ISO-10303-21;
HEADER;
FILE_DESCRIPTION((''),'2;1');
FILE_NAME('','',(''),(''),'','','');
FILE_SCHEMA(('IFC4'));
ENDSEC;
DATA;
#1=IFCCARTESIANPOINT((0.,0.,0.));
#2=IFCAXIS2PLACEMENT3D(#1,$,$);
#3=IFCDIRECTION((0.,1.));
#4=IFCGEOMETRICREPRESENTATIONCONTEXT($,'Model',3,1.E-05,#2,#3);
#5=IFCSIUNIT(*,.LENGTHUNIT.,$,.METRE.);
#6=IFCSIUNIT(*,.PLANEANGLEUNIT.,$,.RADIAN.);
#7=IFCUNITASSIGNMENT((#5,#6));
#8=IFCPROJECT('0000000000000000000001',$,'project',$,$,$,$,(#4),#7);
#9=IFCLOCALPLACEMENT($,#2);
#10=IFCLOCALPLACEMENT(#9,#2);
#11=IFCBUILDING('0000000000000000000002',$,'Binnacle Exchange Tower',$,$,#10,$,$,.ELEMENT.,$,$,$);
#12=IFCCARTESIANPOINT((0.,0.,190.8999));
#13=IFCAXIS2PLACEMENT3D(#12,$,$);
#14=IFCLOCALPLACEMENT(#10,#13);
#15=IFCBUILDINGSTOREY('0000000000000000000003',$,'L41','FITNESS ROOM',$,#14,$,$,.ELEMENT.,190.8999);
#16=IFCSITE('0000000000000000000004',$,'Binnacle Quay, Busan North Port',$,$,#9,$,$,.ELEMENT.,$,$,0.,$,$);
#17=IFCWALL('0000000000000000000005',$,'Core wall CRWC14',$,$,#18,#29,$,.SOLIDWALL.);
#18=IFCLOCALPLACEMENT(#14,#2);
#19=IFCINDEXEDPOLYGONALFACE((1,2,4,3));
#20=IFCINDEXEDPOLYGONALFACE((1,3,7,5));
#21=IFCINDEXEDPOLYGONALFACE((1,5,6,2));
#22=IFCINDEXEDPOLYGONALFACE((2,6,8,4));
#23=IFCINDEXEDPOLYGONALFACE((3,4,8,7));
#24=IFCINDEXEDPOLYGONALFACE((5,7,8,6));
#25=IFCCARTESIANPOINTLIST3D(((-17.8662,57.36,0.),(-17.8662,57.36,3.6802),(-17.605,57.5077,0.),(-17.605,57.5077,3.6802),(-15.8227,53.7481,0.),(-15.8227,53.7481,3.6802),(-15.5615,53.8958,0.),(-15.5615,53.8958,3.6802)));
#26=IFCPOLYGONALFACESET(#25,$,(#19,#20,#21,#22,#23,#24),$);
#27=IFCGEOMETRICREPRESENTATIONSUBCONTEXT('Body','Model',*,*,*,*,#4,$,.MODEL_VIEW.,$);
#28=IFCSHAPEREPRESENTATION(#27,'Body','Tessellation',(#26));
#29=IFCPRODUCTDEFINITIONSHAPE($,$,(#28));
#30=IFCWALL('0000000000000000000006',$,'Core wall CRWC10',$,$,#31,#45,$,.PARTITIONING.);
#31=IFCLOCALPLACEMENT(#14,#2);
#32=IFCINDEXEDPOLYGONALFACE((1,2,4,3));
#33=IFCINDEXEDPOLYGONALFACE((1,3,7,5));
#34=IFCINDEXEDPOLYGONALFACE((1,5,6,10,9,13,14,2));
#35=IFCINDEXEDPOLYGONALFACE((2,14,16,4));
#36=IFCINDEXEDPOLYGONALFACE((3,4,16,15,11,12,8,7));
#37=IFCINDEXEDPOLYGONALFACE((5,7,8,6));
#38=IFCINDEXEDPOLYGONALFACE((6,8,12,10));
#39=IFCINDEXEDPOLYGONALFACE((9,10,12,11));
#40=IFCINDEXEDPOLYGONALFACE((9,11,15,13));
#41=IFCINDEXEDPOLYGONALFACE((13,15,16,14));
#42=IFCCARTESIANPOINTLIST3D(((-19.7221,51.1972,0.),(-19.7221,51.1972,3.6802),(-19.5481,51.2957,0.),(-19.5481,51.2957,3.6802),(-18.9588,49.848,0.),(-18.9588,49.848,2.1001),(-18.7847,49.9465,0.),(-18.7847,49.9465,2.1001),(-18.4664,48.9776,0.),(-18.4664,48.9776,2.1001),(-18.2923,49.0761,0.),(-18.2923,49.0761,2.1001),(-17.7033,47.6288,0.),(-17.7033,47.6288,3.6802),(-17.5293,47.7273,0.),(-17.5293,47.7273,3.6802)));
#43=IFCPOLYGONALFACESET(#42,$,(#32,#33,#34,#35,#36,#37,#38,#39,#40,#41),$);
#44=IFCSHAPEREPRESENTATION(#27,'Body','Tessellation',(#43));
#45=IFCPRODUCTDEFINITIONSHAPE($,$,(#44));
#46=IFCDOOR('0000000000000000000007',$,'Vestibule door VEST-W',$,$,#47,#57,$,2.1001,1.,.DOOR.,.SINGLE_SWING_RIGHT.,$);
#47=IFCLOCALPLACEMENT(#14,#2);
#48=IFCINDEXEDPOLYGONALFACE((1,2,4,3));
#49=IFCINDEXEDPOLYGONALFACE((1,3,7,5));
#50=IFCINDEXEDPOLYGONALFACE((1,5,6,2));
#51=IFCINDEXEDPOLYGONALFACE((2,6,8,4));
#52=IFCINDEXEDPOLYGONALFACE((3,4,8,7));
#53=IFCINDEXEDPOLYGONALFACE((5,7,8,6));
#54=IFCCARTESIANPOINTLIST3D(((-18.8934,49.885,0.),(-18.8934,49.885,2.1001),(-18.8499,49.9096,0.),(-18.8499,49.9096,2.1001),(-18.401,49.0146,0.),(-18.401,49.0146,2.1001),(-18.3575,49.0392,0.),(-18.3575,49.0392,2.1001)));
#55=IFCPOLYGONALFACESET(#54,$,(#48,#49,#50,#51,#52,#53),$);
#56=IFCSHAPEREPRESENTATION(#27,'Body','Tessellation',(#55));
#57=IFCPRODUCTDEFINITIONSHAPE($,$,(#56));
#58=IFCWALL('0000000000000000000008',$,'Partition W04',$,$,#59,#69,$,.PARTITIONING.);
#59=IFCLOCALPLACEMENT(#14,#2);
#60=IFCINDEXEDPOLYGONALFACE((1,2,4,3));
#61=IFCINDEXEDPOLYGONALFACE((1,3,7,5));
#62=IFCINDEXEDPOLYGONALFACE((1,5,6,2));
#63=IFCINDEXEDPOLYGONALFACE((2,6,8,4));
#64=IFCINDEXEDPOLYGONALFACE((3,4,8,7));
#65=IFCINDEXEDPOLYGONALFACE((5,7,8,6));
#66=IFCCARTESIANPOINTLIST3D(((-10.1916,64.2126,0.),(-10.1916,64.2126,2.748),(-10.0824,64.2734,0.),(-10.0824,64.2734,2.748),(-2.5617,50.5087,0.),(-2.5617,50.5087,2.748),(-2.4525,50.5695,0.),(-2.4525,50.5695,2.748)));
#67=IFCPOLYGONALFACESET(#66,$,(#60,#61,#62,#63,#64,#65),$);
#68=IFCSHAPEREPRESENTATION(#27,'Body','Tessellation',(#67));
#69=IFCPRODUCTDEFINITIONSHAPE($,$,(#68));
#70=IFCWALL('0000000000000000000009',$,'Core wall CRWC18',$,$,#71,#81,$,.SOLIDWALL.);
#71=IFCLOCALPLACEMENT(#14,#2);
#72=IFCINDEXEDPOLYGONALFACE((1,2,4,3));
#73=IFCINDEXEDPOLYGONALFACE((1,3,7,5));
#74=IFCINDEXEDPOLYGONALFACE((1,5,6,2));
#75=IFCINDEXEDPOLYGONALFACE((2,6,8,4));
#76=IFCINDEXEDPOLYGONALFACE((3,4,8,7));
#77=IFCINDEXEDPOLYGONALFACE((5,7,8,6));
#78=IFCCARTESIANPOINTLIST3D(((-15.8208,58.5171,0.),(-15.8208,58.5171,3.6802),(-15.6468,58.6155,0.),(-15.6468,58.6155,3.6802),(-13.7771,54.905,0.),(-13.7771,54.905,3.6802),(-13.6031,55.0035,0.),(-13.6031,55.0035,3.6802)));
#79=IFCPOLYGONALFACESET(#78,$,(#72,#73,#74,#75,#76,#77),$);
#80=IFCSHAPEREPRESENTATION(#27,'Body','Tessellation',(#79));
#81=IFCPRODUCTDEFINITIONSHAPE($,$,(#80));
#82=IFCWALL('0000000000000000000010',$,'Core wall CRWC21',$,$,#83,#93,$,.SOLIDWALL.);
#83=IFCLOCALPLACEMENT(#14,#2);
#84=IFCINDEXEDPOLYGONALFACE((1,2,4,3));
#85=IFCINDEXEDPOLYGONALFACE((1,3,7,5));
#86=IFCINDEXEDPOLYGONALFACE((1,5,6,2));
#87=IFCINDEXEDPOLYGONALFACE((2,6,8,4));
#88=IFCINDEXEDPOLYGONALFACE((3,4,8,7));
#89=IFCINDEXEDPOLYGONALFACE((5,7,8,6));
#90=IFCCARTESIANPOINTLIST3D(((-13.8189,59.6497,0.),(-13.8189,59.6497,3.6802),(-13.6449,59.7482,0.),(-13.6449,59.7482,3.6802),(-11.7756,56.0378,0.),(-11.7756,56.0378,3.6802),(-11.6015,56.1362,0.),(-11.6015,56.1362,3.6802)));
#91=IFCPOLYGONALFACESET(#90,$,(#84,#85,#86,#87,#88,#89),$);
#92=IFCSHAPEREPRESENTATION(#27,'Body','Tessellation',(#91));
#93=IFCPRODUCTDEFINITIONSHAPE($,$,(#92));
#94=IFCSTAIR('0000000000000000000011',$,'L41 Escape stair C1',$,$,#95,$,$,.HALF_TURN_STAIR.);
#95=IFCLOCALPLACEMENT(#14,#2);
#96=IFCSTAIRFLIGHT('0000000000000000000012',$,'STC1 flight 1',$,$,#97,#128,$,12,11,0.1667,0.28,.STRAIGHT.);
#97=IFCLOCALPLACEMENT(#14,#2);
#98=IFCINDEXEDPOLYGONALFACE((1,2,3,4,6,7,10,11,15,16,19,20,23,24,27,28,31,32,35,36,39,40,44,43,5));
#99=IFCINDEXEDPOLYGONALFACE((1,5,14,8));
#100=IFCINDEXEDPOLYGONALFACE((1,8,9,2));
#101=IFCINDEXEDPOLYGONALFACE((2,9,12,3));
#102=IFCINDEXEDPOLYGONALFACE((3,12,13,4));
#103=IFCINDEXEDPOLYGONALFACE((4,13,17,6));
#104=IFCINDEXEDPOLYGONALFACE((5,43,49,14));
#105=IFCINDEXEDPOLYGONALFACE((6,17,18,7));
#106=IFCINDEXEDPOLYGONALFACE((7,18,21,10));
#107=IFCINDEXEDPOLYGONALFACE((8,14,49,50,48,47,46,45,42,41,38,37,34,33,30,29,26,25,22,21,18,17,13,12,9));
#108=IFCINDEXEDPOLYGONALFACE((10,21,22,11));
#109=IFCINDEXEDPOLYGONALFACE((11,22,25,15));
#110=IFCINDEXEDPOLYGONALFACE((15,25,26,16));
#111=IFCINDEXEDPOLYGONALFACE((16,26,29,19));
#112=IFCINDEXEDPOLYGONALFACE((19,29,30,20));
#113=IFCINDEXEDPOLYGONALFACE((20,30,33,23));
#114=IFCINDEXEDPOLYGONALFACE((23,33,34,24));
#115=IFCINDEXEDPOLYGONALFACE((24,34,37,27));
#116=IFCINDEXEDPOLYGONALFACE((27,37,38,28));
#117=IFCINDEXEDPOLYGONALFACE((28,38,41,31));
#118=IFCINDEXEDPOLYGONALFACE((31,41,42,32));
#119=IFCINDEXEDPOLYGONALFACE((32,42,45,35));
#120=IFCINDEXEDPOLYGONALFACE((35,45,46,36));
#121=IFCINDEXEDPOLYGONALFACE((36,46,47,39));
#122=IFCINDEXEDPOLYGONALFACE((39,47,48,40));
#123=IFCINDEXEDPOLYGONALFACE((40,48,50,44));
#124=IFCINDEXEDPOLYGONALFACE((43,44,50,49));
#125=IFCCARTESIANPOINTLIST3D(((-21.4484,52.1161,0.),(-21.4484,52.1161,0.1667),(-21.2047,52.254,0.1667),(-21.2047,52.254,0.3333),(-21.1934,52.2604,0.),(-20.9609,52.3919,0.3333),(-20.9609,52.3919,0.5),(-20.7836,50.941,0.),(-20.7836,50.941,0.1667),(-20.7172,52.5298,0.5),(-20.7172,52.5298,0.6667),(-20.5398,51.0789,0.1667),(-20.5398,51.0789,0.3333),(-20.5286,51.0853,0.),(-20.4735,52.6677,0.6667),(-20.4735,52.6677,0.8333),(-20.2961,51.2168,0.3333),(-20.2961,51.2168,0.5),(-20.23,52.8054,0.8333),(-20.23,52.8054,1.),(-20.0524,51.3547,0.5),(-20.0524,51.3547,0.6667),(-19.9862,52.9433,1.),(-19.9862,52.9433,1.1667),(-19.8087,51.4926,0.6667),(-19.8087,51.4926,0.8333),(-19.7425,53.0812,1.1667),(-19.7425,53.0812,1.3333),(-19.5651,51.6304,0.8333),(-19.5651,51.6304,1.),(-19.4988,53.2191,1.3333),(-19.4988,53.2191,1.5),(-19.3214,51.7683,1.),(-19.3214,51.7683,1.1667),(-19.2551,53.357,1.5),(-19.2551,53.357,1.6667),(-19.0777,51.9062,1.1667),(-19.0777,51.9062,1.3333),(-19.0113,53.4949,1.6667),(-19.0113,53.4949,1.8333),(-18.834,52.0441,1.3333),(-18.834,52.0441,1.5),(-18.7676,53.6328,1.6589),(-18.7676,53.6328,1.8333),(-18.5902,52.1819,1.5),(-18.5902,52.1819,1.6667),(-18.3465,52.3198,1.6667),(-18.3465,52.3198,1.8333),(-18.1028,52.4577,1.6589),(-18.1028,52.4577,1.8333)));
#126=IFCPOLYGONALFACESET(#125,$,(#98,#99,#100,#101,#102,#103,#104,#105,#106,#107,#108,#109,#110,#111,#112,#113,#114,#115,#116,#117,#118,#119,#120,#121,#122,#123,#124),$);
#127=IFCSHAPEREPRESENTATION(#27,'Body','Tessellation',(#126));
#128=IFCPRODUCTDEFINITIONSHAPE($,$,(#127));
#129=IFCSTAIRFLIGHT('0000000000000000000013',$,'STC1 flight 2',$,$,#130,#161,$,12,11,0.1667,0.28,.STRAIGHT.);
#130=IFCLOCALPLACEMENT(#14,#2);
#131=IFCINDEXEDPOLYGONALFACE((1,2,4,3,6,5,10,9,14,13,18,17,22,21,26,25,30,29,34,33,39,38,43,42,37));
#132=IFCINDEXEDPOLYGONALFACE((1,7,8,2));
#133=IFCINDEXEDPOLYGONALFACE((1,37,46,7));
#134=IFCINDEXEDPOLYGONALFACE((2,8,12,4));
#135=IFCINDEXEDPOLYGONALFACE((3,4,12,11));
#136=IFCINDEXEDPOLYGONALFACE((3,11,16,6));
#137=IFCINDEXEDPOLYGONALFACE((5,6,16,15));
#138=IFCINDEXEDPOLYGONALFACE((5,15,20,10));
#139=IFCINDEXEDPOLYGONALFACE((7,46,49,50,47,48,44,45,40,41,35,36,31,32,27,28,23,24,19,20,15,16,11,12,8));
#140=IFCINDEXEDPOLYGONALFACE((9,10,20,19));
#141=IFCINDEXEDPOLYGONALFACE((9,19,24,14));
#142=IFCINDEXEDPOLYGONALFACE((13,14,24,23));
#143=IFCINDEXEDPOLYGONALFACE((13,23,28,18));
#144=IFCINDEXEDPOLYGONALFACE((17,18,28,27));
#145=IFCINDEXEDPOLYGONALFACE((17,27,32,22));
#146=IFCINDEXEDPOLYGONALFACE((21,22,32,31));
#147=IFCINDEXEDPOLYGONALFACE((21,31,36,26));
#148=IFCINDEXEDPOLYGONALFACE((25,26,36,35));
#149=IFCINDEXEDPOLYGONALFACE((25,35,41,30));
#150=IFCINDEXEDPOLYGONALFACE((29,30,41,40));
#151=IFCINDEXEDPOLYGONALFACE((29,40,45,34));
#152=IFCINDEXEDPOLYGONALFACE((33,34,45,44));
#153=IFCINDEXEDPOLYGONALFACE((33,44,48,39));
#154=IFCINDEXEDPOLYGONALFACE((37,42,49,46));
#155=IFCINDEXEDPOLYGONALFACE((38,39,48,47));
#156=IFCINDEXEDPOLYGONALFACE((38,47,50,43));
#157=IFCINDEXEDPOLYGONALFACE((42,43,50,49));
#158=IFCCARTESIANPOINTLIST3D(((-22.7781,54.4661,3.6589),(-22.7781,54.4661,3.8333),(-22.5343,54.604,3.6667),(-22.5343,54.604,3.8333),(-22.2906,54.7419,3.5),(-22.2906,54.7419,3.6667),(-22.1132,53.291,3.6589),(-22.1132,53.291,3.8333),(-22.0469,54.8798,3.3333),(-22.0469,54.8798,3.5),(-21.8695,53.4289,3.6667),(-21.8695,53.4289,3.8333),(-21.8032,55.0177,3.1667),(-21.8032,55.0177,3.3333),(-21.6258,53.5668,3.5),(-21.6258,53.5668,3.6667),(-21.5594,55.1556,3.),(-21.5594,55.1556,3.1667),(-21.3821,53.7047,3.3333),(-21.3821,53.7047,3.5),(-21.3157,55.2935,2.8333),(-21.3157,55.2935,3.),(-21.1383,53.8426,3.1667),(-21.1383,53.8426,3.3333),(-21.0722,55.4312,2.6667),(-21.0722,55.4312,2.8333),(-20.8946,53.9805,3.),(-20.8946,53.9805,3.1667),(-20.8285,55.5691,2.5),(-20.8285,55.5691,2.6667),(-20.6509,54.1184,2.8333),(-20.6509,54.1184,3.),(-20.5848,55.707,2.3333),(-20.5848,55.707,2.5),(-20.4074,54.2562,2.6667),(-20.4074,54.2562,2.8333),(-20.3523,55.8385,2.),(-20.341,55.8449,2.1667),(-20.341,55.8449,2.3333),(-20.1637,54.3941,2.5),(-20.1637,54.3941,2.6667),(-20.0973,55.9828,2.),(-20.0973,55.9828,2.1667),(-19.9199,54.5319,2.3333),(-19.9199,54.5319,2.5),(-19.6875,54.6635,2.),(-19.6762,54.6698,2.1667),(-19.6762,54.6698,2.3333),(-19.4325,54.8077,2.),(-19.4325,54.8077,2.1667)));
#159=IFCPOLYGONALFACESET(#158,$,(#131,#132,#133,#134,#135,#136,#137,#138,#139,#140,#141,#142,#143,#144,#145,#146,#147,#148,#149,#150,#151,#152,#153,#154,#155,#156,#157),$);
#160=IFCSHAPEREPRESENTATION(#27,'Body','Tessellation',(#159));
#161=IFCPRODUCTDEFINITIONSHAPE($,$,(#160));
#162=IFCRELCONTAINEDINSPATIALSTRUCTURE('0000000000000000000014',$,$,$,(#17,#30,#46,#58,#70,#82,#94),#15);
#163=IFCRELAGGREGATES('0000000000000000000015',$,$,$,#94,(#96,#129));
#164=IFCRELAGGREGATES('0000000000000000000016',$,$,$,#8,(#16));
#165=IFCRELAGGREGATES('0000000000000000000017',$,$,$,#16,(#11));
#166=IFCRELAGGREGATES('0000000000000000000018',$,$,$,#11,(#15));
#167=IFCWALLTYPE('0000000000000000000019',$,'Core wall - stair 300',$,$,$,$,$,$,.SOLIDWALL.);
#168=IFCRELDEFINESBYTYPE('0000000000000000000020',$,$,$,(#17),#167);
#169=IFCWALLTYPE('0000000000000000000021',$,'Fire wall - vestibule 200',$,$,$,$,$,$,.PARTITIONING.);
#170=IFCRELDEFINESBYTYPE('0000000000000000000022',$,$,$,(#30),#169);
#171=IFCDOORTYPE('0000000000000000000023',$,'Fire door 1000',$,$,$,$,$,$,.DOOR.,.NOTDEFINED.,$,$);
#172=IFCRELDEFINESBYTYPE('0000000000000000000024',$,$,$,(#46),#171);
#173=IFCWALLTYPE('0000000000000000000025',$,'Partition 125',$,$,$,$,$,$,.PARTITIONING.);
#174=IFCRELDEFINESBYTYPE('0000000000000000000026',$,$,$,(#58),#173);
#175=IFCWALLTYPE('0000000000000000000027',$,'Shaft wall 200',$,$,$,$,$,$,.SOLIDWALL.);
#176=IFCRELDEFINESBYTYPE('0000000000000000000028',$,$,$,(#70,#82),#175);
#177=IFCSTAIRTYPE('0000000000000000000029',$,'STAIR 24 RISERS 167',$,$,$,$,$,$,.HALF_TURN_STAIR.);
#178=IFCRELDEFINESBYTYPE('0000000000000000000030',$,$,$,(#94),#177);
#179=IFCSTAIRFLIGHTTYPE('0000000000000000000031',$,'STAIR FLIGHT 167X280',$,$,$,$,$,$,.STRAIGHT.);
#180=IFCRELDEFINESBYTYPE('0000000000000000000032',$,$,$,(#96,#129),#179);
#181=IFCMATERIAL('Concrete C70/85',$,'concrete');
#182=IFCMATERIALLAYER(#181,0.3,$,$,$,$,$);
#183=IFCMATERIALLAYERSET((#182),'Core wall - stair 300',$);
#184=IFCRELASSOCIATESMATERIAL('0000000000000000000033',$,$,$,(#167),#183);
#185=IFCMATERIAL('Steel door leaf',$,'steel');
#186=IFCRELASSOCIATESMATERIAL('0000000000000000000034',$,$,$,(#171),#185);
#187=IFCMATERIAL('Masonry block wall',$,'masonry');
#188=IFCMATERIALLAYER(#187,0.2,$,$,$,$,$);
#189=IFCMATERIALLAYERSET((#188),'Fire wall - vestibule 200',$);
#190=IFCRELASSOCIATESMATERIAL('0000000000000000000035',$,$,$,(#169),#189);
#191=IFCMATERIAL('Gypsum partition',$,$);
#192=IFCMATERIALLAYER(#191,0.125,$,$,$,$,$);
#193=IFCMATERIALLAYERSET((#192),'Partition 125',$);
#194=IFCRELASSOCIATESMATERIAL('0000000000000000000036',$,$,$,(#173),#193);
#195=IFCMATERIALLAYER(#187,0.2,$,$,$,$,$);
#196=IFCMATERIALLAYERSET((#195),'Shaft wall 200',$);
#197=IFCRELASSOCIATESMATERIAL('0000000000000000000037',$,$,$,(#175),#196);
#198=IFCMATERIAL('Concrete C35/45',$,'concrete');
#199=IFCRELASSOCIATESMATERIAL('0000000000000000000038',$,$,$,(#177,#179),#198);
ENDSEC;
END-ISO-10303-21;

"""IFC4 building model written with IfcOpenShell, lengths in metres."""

from ifc_helpers import new_model, si_unit, direction, frame, frame_2d, origin, place, context, subcontext, project, spatial, polyline, rectangle, outline, extrude, material, layer, layer_set, type_object, element, fill, aggregate, save


model = new_model("IFC4")

# Units and contexts
model_context = context("Model", 3, precision=1e-05, world=origin(), true_north=direction((0.0, 1.0)))
body_context = subcontext(model_context, "Body", "Model", "MODEL_VIEW")
ifc_project = project(units=[si_unit("LENGTHUNIT", "METRE"), si_unit("PLANEANGLEUNIT", "RADIAN")], contexts=[model_context])

# Site, building, storey
site_placement = place(None, origin())
site = spatial("IfcSite", under=ifc_project, at=site_placement, Name="Binnacle Quay, Busan North Port", CompositionType="ELEMENT", RefElevation=0.0)
building_placement = place(site_placement, origin())
building = spatial("IfcBuilding", under=site, at=building_placement, Name="Binnacle Exchange Tower", CompositionType="ELEMENT")
storey_placement = place(building_placement, frame((0.0, 0.0, 190.8999)))
storey = spatial("IfcBuildingStorey", under=building, at=storey_placement, Name="L41", Description="FITNESS ROOM", CompositionType="ELEMENT", Elevation=190.8999)

# Shared definitions
ifc_material_1 = material(Name="Concrete C70/85", Category="concrete")

# Shared definitions
ifc_material_2 = material(Name="Steel door leaf", Category="steel")

# Shared definitions
ifc_layer_1 = layer(ifc_material_1, 0.3)
ifc_layer_set_1 = layer_set([ifc_layer_1], Name="Core wall - stair 300")
wall_type_1 = type_object("IfcWallType", Name="Core wall - stair 300", PredefinedType="SOLIDWALL", material=ifc_layer_set_1)
door_type_1 = type_object("IfcDoorType", Name="Fire door 1000", OperationType="NOTDEFINED", PredefinedType="DOOR", material=ifc_material_2)

# Wall
wall_1_placement = place(storey_placement, frame((-17.7356, 57.4338, 0.0), z_axis=(0.0, 0.0, 1.0), x_axis=(0.492422, -0.870357, 0.0)))
element("IfcWall", 1, at=wall_1_placement, inside=storey, type_object=wall_type_1, Name="Core wall CRWC14", PredefinedType="SOLIDWALL", context=body_context, shape_type="SweptSolid", body=[
    extrude(rectangle(XDim=4.1499, YDim=0.3, at=frame_2d((2.075, 0.0))), origin(), (0.0, 0.0, 1.0), 3.6802),
])

# Wall, opening, door
ifc_material_3 = material(Name="Masonry block wall", Category="masonry")
ifc_layer_2 = layer(ifc_material_3, 0.2)
ifc_layer_set_2 = layer_set([ifc_layer_2], Name="Fire wall - vestibule 200")
wall_type_2 = type_object("IfcWallType", Name="Fire wall - vestibule 200", PredefinedType="PARTITIONING", material=ifc_layer_set_2)
wall_2_placement = place(storey_placement, frame((-19.635, 51.2463, 0.0), z_axis=(0.0, 0.0, 1.0), x_axis=(0.492408, -0.870364, 0.0)))
wall_2 = element("IfcWall", 2, at=wall_2_placement, inside=storey, type_object=wall_type_2, Name="Core wall CRWC10", PredefinedType="PARTITIONING", context=body_context, shape_type="SweptSolid", body=[
    extrude(rectangle(XDim=4.0999, YDim=0.2, at=frame_2d((2.0498, 0.0))), origin(), (0.0, 0.0, 1.0), 3.6802),
])
opening_1_placement = place(wall_2_placement, frame((1.55, 0.0, 0.0)))
opening_1 = element("IfcOpeningElement", 3, at=opening_1_placement, cuts=wall_2, PredefinedType="OPENING", context=body_context, shape_type="SweptSolid", body=[
    extrude(rectangle(XDim=1.0, YDim=2.1001, at=frame_2d((0.5, 1.05))), frame((0.0, 0.1099, 0.0), z_axis=(0.0, -1.0, 0.0), x_axis=(1.0, 0.0, 0.0)), (0.0, 0.0, 1.0), 0.22),
])
door_1_placement = place(opening_1_placement, frame((1.0, 0.0, 0.0), z_axis=(0.0, 0.0, 1.0), x_axis=(-1.0, 0.0, 0.0)))
door_1 = element("IfcDoor", 4, at=door_1_placement, inside=storey, type_object=door_type_1, Name="Vestibule door VEST-W", OperationType="SINGLE_SWING_RIGHT", OverallHeight=2.1001, OverallWidth=1.0, PredefinedType="DOOR", context=body_context, shape_type="SweptSolid", body=[
    extrude(rectangle(XDim=1.0, YDim=2.1001, at=frame_2d((0.5, 1.05))), frame((0.0, 0.0249, 0.0), z_axis=(0.0, -1.0, 0.0), x_axis=(1.0, 0.0, 0.0)), (0.0, 0.0, 1.0), 0.05),
])
fill(opening_1, door_1)

# Walls
ifc_material_4 = material(Name="Gypsum partition")
ifc_layer_3 = layer(ifc_material_4, 0.125)
ifc_layer_set_3 = layer_set([ifc_layer_3], Name="Partition 125")
wall_type_3 = type_object("IfcWallType", Name="Partition 125", PredefinedType="PARTITIONING", material=ifc_layer_set_3)
wall_3_placement = place(storey_placement, frame((-10.137, 64.2429, 0.0), z_axis=(0.0, 0.0, 1.0), x_axis=(0.486453, -0.873707, 0.0)))
element("IfcWall", 5, at=wall_3_placement, inside=storey, type_object=wall_type_3, Name="Partition W04", PredefinedType="PARTITIONING", context=body_context, shape_type="SweptSolid", body=[
    extrude(rectangle(XDim=15.6848, YDim=0.125, at=frame_2d((7.8423, 0.0))), origin(), (0.0, 0.0, 1.0), 2.748),
])
ifc_layer_4 = layer(ifc_material_3, 0.2)
ifc_layer_set_4 = layer_set([ifc_layer_4], Name="Shaft wall 200")
wall_type_4 = type_object("IfcWallType", Name="Shaft wall 200", PredefinedType="SOLIDWALL", material=ifc_layer_set_4)
wall_4_placement = place(storey_placement, frame((-15.7339, 58.5664, 0.0), z_axis=(0.0, 0.0, 1.0), x_axis=(0.492441, -0.870346, 0.0)))
element("IfcWall", 6, at=wall_4_placement, inside=storey, type_object=wall_type_4, Name="Core wall CRWC18", PredefinedType="SOLIDWALL", context=body_context, shape_type="SweptSolid", body=[
    extrude(rectangle(XDim=4.1501, YDim=0.2, at=frame_2d((2.0752, 0.0))), origin(), (0.0, 0.0, 1.0), 3.6802),
])
wall_5_placement = place(storey_placement, frame((-13.7319, 59.699, 0.0), z_axis=(0.0, 0.0, 1.0), x_axis=(0.492396, -0.870371, 0.0)))
element("IfcWall", 7, at=wall_5_placement, inside=storey, type_object=wall_type_4, Name="Core wall CRWC21", PredefinedType="SOLIDWALL", context=body_context, shape_type="SweptSolid", body=[
    extrude(rectangle(XDim=4.1499, YDim=0.2, at=frame_2d((2.075, 0.0))), origin(), (0.0, 0.0, 1.0), 3.6802),
])

# Stair, stair flights
ifc_material_5 = material(Name="Concrete C35/45", Category="concrete")
stair_type = type_object("IfcStairType", Name="STAIR 24 RISERS 167", PredefinedType="HALF_TURN_STAIR", material=ifc_material_5)
stair_placement = place(storey_placement, origin())
stair = element("IfcStair", 8, at=stair_placement, inside=storey, type_object=stair_type, Name="L41 Escape stair C1", PredefinedType="HALF_TURN_STAIR")
stair_flight_type = type_object("IfcStairFlightType", Name="STAIR FLIGHT 167X280", PredefinedType="STRAIGHT", material=ifc_material_5)
stair_flight_1_placement = place(storey_placement, frame((-21.116, 51.5286, 0.0), z_axis=(0.0, 0.0, 1.0), x_axis=(0.870356, 0.492424, 0.0)))
stair_flight_1 = element("IfcStairFlight", 9, at=stair_flight_1_placement, type_object=stair_flight_type, Name="STC1 flight 1", NumberOfRisers=12, NumberOfTreads=11, PredefinedType="STRAIGHT", RiserHeight=0.1667, TreadLength=0.28, context=body_context, shape_type="SweptSolid", body=[
    extrude(outline(polyline([(0.0, 0.0), (0.0, 0.1667), (0.28, 0.1667), (0.28, 0.3333), (0.5601, 0.3333), (0.5601, 0.5), (0.8401, 0.5), (0.8401, 0.6667), (1.1201, 0.6667), (1.1201, 0.8333), (1.3999, 0.8333), (1.3999, 1.0), (1.6799, 1.0), (1.6799, 1.1667), (1.96, 1.1667), (1.96, 1.3333), (2.24, 1.3333), (2.24, 1.5), (2.52, 1.5), (2.52, 1.6667), (2.8, 1.6667), (2.8, 1.8333), (3.0801, 1.8333), (3.0801, 2.0), (3.0801, 1.6589), (0.293, 0.0), (0.0, 0.0)])), frame((0.0, 0.675, 0.0), z_axis=(0.0, -1.0, 0.0), x_axis=(1.0, 0.0, 0.0)), (0.0, 0.0, 1.0), 1.3501),
])
stair_flight_2_placement = place(storey_placement, frame((-19.7649, 55.3953, 2.0), z_axis=(0.0, 0.0, 1.0), x_axis=(-0.870356, -0.492424, 0.0)))
stair_flight_2 = element("IfcStairFlight", 10, at=stair_flight_2_placement, type_object=stair_flight_type, Name="STC1 flight 2", NumberOfRisers=12, NumberOfTreads=11, PredefinedType="STRAIGHT", RiserHeight=0.1667, TreadLength=0.28, context=body_context, shape_type="SweptSolid", body=[
    extrude(outline(polyline([(0.0, 0.0), (0.0, 0.1667), (0.28, 0.1667), (0.28, 0.3333), (0.5601, 0.3333), (0.5601, 0.5), (0.8401, 0.5), (0.8401, 0.6667), (1.1201, 0.6667), (1.1201, 0.8333), (1.3999, 0.8333), (1.3999, 1.0), (1.6799, 1.0), (1.6799, 1.1667), (1.96, 1.1667), (1.96, 1.3333), (2.24, 1.3333), (2.24, 1.5), (2.52, 1.5), (2.52, 1.6667), (2.8, 1.6667), (2.8, 1.8333), (3.0801, 1.8333), (3.0801, 2.0), (3.0801, 1.6589), (0.293, 0.0), (0.0, 0.0)])), frame((0.0, 0.675, 0.0), z_axis=(0.0, -1.0, 0.0), x_axis=(1.0, 0.0, 0.0)), (0.0, 0.0, 1.0), 1.3501),
])
aggregate(stair, [stair_flight_1, stair_flight_2])

save(model, "model.ifc")
